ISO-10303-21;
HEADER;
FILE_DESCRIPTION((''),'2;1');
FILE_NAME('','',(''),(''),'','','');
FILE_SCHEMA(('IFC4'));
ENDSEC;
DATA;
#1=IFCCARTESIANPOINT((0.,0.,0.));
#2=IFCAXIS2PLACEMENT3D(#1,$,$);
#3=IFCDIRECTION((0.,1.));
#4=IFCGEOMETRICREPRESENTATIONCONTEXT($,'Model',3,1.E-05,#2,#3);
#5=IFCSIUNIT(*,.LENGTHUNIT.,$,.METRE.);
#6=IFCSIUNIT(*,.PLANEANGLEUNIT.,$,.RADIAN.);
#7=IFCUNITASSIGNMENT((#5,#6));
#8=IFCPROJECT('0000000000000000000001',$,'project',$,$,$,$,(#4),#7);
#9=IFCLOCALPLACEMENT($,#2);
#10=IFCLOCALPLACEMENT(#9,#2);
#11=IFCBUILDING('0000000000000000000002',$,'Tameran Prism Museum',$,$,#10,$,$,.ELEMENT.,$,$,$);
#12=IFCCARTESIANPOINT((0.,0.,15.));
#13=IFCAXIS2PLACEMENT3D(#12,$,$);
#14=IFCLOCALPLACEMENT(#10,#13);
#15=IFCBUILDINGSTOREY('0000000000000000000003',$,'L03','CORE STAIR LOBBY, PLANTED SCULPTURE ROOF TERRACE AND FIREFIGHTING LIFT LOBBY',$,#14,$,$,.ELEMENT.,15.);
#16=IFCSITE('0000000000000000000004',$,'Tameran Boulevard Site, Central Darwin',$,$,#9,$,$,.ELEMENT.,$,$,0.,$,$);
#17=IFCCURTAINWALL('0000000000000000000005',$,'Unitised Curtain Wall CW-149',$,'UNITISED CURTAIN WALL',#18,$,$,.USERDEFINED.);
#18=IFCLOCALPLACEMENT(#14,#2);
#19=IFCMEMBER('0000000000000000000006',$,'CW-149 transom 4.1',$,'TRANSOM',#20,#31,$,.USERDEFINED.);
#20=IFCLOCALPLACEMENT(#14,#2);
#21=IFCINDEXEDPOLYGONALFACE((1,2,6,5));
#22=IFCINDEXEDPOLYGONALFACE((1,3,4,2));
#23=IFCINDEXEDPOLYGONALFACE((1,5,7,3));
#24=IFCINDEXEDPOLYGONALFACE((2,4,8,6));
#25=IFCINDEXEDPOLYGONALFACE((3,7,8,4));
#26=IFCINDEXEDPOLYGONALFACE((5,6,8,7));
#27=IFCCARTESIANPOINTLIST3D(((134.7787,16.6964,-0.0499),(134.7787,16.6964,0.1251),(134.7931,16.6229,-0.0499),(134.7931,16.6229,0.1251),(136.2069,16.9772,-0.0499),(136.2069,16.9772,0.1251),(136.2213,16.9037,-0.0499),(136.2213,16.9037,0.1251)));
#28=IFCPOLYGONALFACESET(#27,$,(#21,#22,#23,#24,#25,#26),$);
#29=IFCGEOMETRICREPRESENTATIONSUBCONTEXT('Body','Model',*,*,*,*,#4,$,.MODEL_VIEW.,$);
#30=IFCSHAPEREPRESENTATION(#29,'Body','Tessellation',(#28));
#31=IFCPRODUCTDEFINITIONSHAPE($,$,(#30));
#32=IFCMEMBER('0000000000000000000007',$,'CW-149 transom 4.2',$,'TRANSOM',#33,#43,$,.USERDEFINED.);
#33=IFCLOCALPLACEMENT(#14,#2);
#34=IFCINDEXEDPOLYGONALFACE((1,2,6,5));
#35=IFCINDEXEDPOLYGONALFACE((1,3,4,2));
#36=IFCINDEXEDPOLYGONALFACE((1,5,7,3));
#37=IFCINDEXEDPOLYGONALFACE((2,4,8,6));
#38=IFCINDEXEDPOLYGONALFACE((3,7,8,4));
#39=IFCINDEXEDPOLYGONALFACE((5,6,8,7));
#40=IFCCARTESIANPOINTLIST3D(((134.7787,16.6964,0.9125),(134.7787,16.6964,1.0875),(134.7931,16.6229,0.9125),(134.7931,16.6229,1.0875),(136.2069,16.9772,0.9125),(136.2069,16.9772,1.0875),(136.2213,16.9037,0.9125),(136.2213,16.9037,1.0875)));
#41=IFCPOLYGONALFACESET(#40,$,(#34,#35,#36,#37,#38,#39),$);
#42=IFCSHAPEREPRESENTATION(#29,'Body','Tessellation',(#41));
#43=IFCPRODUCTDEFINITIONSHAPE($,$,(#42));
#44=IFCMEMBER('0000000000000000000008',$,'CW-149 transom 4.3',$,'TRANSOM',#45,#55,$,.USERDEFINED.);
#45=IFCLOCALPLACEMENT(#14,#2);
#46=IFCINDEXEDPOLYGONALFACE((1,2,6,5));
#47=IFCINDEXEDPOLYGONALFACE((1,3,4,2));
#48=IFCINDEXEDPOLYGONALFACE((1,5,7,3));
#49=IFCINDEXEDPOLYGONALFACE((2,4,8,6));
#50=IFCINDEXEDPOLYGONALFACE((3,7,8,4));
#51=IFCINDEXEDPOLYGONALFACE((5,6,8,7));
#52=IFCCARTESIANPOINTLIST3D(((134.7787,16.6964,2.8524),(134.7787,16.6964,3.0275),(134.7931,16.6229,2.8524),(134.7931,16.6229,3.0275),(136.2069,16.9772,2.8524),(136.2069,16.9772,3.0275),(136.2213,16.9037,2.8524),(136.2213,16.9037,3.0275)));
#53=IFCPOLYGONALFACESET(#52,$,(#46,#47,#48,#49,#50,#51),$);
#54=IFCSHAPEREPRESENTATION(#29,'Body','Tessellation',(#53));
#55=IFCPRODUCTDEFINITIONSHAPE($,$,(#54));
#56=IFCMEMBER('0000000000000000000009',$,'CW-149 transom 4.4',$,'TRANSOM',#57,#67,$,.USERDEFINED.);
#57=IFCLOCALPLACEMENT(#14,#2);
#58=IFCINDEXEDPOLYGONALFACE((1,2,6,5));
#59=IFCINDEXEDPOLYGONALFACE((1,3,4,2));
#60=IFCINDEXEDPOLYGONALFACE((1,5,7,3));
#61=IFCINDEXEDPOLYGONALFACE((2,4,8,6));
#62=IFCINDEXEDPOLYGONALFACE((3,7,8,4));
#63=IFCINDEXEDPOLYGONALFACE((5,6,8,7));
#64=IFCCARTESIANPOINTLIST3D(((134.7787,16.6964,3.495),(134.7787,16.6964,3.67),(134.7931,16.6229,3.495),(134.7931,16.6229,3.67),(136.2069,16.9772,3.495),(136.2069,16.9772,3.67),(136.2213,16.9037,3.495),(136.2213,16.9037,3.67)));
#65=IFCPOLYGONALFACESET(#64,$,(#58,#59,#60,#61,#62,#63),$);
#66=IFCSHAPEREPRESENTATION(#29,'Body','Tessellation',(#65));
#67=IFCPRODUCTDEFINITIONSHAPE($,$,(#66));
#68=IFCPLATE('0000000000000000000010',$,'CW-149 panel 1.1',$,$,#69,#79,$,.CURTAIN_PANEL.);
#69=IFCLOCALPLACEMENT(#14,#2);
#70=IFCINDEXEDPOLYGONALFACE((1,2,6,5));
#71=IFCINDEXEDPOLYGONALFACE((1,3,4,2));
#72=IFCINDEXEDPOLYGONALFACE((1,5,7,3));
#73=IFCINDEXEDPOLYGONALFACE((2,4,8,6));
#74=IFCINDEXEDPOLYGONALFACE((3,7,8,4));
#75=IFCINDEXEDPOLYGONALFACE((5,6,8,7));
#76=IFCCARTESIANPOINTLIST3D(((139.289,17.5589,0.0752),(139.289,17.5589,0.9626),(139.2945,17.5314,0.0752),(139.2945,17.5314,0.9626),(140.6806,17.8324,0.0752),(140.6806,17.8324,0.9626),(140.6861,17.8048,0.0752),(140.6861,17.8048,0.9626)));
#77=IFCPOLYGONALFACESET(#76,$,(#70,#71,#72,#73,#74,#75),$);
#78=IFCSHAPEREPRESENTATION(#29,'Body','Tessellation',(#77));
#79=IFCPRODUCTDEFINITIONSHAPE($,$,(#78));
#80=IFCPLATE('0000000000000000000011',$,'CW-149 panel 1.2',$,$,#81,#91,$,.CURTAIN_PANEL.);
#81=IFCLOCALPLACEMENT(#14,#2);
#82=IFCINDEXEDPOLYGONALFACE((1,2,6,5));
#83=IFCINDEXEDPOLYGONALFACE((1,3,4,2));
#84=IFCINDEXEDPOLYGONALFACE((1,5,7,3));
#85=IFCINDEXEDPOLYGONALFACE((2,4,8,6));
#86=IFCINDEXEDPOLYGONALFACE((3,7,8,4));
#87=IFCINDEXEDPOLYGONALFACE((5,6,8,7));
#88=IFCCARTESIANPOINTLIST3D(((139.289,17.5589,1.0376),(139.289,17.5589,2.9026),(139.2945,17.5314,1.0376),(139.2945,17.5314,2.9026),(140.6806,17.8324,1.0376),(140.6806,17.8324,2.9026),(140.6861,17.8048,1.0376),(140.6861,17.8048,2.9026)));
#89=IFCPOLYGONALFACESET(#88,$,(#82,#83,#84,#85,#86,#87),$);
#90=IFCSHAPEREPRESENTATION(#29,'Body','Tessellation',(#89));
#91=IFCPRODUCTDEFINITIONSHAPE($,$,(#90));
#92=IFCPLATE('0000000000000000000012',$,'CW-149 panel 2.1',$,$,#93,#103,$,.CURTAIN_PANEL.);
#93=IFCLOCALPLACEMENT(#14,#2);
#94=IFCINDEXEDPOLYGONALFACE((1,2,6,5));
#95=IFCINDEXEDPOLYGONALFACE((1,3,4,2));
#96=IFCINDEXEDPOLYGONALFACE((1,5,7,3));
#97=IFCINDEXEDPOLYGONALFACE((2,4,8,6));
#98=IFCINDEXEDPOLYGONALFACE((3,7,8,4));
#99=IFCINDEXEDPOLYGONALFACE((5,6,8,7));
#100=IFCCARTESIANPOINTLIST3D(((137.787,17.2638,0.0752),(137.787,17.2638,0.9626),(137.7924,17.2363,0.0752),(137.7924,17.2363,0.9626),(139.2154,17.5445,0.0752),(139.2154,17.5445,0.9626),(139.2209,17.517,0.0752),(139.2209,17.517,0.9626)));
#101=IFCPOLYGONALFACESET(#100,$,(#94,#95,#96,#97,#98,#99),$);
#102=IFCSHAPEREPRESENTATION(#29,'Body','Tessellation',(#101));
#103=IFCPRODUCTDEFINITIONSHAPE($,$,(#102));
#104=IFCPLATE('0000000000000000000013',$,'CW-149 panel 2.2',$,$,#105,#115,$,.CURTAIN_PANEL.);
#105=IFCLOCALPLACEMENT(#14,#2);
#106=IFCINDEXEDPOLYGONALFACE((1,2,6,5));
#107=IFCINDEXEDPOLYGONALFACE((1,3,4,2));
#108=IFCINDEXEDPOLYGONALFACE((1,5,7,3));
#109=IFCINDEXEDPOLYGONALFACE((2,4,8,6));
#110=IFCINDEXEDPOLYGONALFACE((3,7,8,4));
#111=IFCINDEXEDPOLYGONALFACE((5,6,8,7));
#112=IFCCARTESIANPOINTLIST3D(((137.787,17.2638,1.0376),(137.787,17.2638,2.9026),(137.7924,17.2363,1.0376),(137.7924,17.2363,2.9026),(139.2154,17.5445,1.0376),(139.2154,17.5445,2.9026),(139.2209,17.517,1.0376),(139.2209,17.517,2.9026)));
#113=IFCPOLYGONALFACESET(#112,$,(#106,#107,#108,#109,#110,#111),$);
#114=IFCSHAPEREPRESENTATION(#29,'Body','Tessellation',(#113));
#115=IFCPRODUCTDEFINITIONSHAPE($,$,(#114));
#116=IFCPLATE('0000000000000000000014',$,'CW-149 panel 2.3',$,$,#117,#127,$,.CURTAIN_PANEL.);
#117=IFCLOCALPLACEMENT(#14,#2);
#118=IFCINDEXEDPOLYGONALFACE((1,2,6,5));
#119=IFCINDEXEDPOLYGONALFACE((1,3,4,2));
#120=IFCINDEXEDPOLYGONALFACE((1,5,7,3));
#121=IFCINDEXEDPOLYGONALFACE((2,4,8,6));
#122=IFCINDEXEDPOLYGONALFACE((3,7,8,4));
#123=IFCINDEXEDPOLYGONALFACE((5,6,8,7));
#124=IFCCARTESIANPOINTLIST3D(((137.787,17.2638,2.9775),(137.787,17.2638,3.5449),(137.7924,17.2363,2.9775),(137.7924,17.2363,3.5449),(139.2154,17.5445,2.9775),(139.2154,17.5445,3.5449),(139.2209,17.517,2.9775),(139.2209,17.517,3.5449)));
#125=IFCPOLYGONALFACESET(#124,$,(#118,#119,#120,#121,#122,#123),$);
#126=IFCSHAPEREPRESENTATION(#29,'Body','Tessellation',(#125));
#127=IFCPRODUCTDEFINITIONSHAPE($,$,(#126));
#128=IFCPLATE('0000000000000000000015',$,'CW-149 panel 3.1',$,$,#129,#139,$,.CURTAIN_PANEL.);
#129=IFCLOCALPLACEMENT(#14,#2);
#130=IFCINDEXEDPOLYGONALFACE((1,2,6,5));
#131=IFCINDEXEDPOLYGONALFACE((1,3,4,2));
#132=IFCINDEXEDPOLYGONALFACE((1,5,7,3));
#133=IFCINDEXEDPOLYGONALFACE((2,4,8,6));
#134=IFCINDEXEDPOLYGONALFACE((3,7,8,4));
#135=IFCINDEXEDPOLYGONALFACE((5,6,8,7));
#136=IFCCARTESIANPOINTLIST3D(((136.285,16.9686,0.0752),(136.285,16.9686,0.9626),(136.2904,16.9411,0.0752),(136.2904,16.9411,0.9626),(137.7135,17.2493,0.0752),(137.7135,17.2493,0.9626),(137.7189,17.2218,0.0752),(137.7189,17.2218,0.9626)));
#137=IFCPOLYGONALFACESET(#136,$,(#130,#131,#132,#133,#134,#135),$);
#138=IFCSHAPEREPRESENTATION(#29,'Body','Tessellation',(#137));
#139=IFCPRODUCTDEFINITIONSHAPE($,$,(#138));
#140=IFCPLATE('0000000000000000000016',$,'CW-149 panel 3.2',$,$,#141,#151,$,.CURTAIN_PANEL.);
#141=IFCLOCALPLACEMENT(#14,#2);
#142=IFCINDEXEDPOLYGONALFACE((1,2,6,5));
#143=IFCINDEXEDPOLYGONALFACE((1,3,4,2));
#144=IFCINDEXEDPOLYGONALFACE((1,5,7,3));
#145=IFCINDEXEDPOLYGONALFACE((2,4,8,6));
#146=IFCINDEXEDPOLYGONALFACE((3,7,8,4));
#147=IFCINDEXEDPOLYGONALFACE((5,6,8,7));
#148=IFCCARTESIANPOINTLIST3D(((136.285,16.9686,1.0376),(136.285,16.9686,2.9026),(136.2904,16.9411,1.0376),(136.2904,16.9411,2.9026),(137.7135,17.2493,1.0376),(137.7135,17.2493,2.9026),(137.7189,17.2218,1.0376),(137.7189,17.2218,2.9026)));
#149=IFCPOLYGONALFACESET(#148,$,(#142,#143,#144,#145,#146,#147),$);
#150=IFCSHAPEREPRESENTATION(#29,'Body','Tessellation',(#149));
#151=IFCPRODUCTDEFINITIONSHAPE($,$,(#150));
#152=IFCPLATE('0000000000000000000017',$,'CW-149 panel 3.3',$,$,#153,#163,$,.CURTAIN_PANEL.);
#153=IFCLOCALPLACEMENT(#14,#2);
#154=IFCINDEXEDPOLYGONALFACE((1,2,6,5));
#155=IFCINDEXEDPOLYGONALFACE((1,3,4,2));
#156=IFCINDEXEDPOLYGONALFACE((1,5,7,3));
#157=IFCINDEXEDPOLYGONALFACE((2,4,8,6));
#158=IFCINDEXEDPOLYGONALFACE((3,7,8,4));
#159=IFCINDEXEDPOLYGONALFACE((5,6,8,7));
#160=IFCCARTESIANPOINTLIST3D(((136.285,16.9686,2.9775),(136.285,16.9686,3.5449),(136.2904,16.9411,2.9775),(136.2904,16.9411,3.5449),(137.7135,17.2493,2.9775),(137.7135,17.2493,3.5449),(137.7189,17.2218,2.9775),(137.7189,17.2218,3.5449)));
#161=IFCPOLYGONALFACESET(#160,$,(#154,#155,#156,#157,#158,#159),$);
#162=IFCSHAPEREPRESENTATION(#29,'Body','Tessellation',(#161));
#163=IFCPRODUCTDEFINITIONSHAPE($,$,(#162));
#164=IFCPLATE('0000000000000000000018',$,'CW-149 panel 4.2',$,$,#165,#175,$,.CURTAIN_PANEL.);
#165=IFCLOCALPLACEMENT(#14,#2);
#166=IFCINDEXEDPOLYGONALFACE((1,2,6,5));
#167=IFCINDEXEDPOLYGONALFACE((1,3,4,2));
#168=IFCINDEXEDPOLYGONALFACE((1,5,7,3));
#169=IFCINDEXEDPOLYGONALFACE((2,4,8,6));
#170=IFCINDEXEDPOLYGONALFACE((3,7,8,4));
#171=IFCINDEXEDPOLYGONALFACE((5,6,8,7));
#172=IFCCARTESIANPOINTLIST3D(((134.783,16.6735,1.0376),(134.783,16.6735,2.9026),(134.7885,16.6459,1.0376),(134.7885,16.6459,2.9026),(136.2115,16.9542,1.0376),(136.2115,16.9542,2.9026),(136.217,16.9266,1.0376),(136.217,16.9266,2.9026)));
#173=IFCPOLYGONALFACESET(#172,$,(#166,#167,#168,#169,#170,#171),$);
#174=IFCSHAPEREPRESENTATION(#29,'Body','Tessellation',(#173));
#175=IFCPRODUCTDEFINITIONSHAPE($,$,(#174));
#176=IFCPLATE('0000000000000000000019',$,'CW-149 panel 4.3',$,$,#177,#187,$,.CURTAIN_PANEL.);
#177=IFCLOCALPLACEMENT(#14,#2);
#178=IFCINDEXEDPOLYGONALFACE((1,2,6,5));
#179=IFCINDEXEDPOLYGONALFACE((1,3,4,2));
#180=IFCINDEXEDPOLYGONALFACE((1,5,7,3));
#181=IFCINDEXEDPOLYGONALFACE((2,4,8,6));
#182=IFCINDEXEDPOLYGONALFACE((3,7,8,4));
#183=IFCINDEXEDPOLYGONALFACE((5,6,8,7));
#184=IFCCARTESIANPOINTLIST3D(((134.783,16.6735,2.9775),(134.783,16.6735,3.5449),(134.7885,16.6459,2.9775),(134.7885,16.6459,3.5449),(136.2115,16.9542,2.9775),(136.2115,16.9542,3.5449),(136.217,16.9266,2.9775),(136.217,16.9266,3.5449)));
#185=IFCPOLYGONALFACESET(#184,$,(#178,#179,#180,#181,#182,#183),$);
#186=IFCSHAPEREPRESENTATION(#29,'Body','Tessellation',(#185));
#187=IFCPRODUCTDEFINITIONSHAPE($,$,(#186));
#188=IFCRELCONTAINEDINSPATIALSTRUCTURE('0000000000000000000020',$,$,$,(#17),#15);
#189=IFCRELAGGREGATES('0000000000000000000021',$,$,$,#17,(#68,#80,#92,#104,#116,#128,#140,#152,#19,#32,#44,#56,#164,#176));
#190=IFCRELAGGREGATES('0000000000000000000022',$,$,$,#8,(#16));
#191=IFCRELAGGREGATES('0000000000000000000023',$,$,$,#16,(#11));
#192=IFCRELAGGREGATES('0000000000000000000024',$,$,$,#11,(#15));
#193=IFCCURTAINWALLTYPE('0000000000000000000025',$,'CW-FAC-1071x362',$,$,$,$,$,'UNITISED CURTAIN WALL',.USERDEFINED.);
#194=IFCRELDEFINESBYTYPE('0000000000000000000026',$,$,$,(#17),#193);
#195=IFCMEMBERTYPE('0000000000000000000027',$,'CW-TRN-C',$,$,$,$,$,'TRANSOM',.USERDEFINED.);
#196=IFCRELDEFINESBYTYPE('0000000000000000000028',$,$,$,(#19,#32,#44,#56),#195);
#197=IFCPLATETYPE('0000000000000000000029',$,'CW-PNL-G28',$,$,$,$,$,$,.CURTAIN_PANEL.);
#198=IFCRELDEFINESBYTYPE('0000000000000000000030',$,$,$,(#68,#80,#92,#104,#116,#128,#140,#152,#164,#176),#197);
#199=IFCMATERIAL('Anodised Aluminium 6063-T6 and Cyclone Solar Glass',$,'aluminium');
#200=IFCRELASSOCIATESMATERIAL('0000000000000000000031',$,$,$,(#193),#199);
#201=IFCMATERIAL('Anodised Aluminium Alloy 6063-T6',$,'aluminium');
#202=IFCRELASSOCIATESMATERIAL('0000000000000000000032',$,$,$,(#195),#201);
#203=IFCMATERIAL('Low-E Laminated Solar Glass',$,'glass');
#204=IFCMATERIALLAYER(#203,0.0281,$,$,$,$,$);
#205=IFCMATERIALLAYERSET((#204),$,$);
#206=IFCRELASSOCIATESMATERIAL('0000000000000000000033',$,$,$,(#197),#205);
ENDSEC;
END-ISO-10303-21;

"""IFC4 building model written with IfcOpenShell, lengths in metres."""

from ifc_helpers import new_model, si_unit, direction, frame, origin, origin_2d, place, context, subcontext, project, spatial, rectangle, extrude, material, layer, layer_set, material_profile, profile_set, type_object, element, aggregate, save


model = new_model("IFC4")

# Units and contexts
model_context = context("Model", 3, precision=1e-05, world=origin(), true_north=direction((0.0, 1.0)))
body_context = subcontext(model_context, "Body", "Model", "MODEL_VIEW")
ifc_project = project(units=[si_unit("LENGTHUNIT", "METRE"), si_unit("PLANEANGLEUNIT", "RADIAN")], contexts=[model_context])

# Site, building, storey
site_placement = place(None, origin())
site = spatial("IfcSite", under=ifc_project, at=site_placement, Name="Tameran Boulevard Site, Central Darwin", CompositionType="ELEMENT", RefElevation=0.0)
building_placement = place(site_placement, origin())
building = spatial("IfcBuilding", under=site, at=building_placement, Name="Tameran Prism Museum", CompositionType="ELEMENT")
storey_placement = place(building_placement, frame((0.0, 0.0, 15.0)))
storey = spatial("IfcBuildingStorey", under=building, at=storey_placement, Name="L03", Description="CORE STAIR LOBBY, PLANTED SCULPTURE ROOF TERRACE AND FIREFIGHTING LIFT LOBBY", CompositionType="ELEMENT", Elevation=15.0)

# Curtain wall, members, plates
ifc_material_1 = material(Name="Anodised Aluminium 6063-T6 and Cyclone Solar Glass", Category="aluminium")
curtain_wall_type = type_object("IfcCurtainWallType", Name="CW-FAC-1071x362", ElementType="UNITISED CURTAIN WALL", PredefinedType="USERDEFINED", material=ifc_material_1)
curtain_wall_placement = place(storey_placement, origin())
curtain_wall = element("IfcCurtainWall", 1, at=curtain_wall_placement, inside=storey, type_object=curtain_wall_type, Name="Unitised Curtain Wall CW-149", ObjectType="UNITISED CURTAIN WALL", PredefinedType="USERDEFINED")
ifc_material_2 = material(Name="Anodised Aluminium Alloy 6063-T6", Category="aluminium")
ifc_material_profile_1 = material_profile(ifc_material_2, rectangle(XDim=0.075, YDim=0.175, at=origin_2d()))
ifc_profile_set_1 = profile_set([ifc_material_profile_1])
member_type_1 = type_object("IfcMemberType", Name="CW-TRN-C", ElementType="TRANSOM", PredefinedType="USERDEFINED", material=ifc_profile_set_1)
member_1_placement = place(storey_placement, frame((136.2141, 16.9404, 0.0376), z_axis=(-0.98122, -0.192889, 0.0), x_axis=(0.192889, -0.98122, 0.0)))
member_1 = element("IfcMember", 2, at=member_1_placement, type_object=member_type_1, Name="CW-149 transom 4.1", ObjectType="TRANSOM", PredefinedType="USERDEFINED", context=body_context, shape_type="SweptSolid", body=[
    extrude(rectangle(XDim=0.075, YDim=0.175, at=origin_2d()), origin(), (0.0, 0.0, 1.0), 1.4556),
])
member_2_placement = place(storey_placement, frame((136.2141, 16.9404, 1.0), z_axis=(-0.98122, -0.192889, 0.0), x_axis=(0.192889, -0.98122, 0.0)))
member_2 = element("IfcMember", 3, at=member_2_placement, type_object=member_type_1, Name="CW-149 transom 4.2", ObjectType="TRANSOM", PredefinedType="USERDEFINED", context=body_context, shape_type="SweptSolid", body=[
    extrude(rectangle(XDim=0.075, YDim=0.175, at=origin_2d()), origin(), (0.0, 0.0, 1.0), 1.4556),
])
member_3_placement = place(storey_placement, frame((136.2141, 16.9404, 2.9399), z_axis=(-0.98122, -0.192889, 0.0), x_axis=(0.192889, -0.98122, 0.0)))
member_3 = element("IfcMember", 4, at=member_3_placement, type_object=member_type_1, Name="CW-149 transom 4.3", ObjectType="TRANSOM", PredefinedType="USERDEFINED", context=body_context, shape_type="SweptSolid", body=[
    extrude(rectangle(XDim=0.075, YDim=0.175, at=origin_2d()), origin(), (0.0, 0.0, 1.0), 1.4556),
])
member_4_placement = place(storey_placement, frame((136.2141, 16.9404, 3.5825), z_axis=(-0.98122, -0.192889, 0.0), x_axis=(0.192889, -0.98122, 0.0)))
member_4 = element("IfcMember", 5, at=member_4_placement, type_object=member_type_1, Name="CW-149 transom 4.4", ObjectType="TRANSOM", PredefinedType="USERDEFINED", context=body_context, shape_type="SweptSolid", body=[
    extrude(rectangle(XDim=0.075, YDim=0.175, at=origin_2d()), origin(), (0.0, 0.0, 1.0), 1.4556),
])
ifc_material_3 = material(Name="Low-E Laminated Solar Glass", Category="glass")
ifc_layer_1 = layer(ifc_material_3, 0.0281)
ifc_layer_set_1 = layer_set([ifc_layer_1])
plate_type_1 = type_object("IfcPlateType", Name="CW-PNL-G28", PredefinedType="CURTAIN_PANEL", material=ifc_layer_set_1)
plate_1_placement = place(storey_placement, frame((139.9875, 17.6819, 0.0752), z_axis=(0.0, 0.0, 1.0), x_axis=(-0.981236, -0.192813, 0.0)))
plate_1 = element("IfcPlate", 6, at=plate_1_placement, type_object=plate_type_1, Name="CW-149 panel 1.1", PredefinedType="CURTAIN_PANEL", context=body_context, shape_type="SweptSolid", body=[
    extrude(rectangle(XDim=1.4182, YDim=0.0281, at=origin_2d()), origin(), (0.0, 0.0, 1.0), 0.8875),
])
plate_2_placement = place(storey_placement, frame((139.9875, 17.6819, 1.0376), z_axis=(0.0, 0.0, 1.0), x_axis=(-0.981236, -0.192813, 0.0)))
plate_2 = element("IfcPlate", 7, at=plate_2_placement, type_object=plate_type_1, Name="CW-149 panel 1.2", PredefinedType="CURTAIN_PANEL", context=body_context, shape_type="SweptSolid", body=[
    extrude(rectangle(XDim=1.4182, YDim=0.0281, at=origin_2d()), origin(), (0.0, 0.0, 1.0), 1.865),
])
plate_3_placement = place(storey_placement, frame((138.5039, 17.3904, 0.0752), z_axis=(0.0, 0.0, 1.0), x_axis=(-0.981236, -0.192813, 0.0)))
plate_3 = element("IfcPlate", 8, at=plate_3_placement, type_object=plate_type_1, Name="CW-149 panel 2.1", PredefinedType="CURTAIN_PANEL", context=body_context, shape_type="SweptSolid", body=[
    extrude(rectangle(XDim=1.4558, YDim=0.0281, at=origin_2d()), origin(), (0.0, 0.0, 1.0), 0.8875),
])
plate_4_placement = place(storey_placement, frame((138.5039, 17.3904, 1.0376), z_axis=(0.0, 0.0, 1.0), x_axis=(-0.981236, -0.192813, 0.0)))
plate_4 = element("IfcPlate", 9, at=plate_4_placement, type_object=plate_type_1, Name="CW-149 panel 2.2", PredefinedType="CURTAIN_PANEL", context=body_context, shape_type="SweptSolid", body=[
    extrude(rectangle(XDim=1.4558, YDim=0.0281, at=origin_2d()), origin(), (0.0, 0.0, 1.0), 1.865),
])
plate_5_placement = place(storey_placement, frame((138.5039, 17.3904, 2.9775), z_axis=(0.0, 0.0, 1.0), x_axis=(-0.981236, -0.192813, 0.0)))
plate_5 = element("IfcPlate", 10, at=plate_5_placement, type_object=plate_type_1, Name="CW-149 panel 2.3", PredefinedType="CURTAIN_PANEL", context=body_context, shape_type="SweptSolid", body=[
    extrude(rectangle(XDim=1.4558, YDim=0.0281, at=origin_2d()), origin(), (0.0, 0.0, 1.0), 0.5674),
])
plate_6_placement = place(storey_placement, frame((137.002, 17.0952, 0.0752), z_axis=(0.0, 0.0, 1.0), x_axis=(-0.981236, -0.192813, 0.0)))
plate_6 = element("IfcPlate", 11, at=plate_6_placement, type_object=plate_type_1, Name="CW-149 panel 3.1", PredefinedType="CURTAIN_PANEL", context=body_context, shape_type="SweptSolid", body=[
    extrude(rectangle(XDim=1.4558, YDim=0.0281, at=origin_2d()), origin(), (0.0, 0.0, 1.0), 0.8875),
])
plate_7_placement = place(storey_placement, frame((137.002, 17.0952, 1.0376), z_axis=(0.0, 0.0, 1.0), x_axis=(-0.981236, -0.192813, 0.0)))
plate_7 = element("IfcPlate", 12, at=plate_7_placement, type_object=plate_type_1, Name="CW-149 panel 3.2", PredefinedType="CURTAIN_PANEL", context=body_context, shape_type="SweptSolid", body=[
    extrude(rectangle(XDim=1.4558, YDim=0.0281, at=origin_2d()), origin(), (0.0, 0.0, 1.0), 1.865),
])
plate_8_placement = place(storey_placement, frame((137.002, 17.0952, 2.9775), z_axis=(0.0, 0.0, 1.0), x_axis=(-0.981236, -0.192813, 0.0)))
plate_8 = element("IfcPlate", 13, at=plate_8_placement, type_object=plate_type_1, Name="CW-149 panel 3.3", PredefinedType="CURTAIN_PANEL", context=body_context, shape_type="SweptSolid", body=[
    extrude(rectangle(XDim=1.4558, YDim=0.0281, at=origin_2d()), origin(), (0.0, 0.0, 1.0), 0.5674),
])
plate_9_placement = place(storey_placement, frame((135.5, 16.8, 1.0376), z_axis=(0.0, 0.0, 1.0), x_axis=(-0.981236, -0.192813, 0.0)))
plate_9 = element("IfcPlate", 14, at=plate_9_placement, type_object=plate_type_1, Name="CW-149 panel 4.2", PredefinedType="CURTAIN_PANEL", context=body_context, shape_type="SweptSolid", body=[
    extrude(rectangle(XDim=1.4558, YDim=0.0281, at=origin_2d()), origin(), (0.0, 0.0, 1.0), 1.865),
])
plate_10_placement = place(storey_placement, frame((135.5, 16.8, 2.9775), z_axis=(0.0, 0.0, 1.0), x_axis=(-0.981236, -0.192813, 0.0)))
plate_10 = element("IfcPlate", 15, at=plate_10_placement, type_object=plate_type_1, Name="CW-149 panel 4.3", PredefinedType="CURTAIN_PANEL", context=body_context, shape_type="SweptSolid", body=[
    extrude(rectangle(XDim=1.4558, YDim=0.0281, at=origin_2d()), origin(), (0.0, 0.0, 1.0), 0.5674),
])
aggregate(curtain_wall, [plate_1, plate_2, plate_3, plate_4, plate_5, plate_6, plate_7, plate_8, member_1, member_2, member_3, member_4, plate_9, plate_10])

save(model, "model.ifc")
